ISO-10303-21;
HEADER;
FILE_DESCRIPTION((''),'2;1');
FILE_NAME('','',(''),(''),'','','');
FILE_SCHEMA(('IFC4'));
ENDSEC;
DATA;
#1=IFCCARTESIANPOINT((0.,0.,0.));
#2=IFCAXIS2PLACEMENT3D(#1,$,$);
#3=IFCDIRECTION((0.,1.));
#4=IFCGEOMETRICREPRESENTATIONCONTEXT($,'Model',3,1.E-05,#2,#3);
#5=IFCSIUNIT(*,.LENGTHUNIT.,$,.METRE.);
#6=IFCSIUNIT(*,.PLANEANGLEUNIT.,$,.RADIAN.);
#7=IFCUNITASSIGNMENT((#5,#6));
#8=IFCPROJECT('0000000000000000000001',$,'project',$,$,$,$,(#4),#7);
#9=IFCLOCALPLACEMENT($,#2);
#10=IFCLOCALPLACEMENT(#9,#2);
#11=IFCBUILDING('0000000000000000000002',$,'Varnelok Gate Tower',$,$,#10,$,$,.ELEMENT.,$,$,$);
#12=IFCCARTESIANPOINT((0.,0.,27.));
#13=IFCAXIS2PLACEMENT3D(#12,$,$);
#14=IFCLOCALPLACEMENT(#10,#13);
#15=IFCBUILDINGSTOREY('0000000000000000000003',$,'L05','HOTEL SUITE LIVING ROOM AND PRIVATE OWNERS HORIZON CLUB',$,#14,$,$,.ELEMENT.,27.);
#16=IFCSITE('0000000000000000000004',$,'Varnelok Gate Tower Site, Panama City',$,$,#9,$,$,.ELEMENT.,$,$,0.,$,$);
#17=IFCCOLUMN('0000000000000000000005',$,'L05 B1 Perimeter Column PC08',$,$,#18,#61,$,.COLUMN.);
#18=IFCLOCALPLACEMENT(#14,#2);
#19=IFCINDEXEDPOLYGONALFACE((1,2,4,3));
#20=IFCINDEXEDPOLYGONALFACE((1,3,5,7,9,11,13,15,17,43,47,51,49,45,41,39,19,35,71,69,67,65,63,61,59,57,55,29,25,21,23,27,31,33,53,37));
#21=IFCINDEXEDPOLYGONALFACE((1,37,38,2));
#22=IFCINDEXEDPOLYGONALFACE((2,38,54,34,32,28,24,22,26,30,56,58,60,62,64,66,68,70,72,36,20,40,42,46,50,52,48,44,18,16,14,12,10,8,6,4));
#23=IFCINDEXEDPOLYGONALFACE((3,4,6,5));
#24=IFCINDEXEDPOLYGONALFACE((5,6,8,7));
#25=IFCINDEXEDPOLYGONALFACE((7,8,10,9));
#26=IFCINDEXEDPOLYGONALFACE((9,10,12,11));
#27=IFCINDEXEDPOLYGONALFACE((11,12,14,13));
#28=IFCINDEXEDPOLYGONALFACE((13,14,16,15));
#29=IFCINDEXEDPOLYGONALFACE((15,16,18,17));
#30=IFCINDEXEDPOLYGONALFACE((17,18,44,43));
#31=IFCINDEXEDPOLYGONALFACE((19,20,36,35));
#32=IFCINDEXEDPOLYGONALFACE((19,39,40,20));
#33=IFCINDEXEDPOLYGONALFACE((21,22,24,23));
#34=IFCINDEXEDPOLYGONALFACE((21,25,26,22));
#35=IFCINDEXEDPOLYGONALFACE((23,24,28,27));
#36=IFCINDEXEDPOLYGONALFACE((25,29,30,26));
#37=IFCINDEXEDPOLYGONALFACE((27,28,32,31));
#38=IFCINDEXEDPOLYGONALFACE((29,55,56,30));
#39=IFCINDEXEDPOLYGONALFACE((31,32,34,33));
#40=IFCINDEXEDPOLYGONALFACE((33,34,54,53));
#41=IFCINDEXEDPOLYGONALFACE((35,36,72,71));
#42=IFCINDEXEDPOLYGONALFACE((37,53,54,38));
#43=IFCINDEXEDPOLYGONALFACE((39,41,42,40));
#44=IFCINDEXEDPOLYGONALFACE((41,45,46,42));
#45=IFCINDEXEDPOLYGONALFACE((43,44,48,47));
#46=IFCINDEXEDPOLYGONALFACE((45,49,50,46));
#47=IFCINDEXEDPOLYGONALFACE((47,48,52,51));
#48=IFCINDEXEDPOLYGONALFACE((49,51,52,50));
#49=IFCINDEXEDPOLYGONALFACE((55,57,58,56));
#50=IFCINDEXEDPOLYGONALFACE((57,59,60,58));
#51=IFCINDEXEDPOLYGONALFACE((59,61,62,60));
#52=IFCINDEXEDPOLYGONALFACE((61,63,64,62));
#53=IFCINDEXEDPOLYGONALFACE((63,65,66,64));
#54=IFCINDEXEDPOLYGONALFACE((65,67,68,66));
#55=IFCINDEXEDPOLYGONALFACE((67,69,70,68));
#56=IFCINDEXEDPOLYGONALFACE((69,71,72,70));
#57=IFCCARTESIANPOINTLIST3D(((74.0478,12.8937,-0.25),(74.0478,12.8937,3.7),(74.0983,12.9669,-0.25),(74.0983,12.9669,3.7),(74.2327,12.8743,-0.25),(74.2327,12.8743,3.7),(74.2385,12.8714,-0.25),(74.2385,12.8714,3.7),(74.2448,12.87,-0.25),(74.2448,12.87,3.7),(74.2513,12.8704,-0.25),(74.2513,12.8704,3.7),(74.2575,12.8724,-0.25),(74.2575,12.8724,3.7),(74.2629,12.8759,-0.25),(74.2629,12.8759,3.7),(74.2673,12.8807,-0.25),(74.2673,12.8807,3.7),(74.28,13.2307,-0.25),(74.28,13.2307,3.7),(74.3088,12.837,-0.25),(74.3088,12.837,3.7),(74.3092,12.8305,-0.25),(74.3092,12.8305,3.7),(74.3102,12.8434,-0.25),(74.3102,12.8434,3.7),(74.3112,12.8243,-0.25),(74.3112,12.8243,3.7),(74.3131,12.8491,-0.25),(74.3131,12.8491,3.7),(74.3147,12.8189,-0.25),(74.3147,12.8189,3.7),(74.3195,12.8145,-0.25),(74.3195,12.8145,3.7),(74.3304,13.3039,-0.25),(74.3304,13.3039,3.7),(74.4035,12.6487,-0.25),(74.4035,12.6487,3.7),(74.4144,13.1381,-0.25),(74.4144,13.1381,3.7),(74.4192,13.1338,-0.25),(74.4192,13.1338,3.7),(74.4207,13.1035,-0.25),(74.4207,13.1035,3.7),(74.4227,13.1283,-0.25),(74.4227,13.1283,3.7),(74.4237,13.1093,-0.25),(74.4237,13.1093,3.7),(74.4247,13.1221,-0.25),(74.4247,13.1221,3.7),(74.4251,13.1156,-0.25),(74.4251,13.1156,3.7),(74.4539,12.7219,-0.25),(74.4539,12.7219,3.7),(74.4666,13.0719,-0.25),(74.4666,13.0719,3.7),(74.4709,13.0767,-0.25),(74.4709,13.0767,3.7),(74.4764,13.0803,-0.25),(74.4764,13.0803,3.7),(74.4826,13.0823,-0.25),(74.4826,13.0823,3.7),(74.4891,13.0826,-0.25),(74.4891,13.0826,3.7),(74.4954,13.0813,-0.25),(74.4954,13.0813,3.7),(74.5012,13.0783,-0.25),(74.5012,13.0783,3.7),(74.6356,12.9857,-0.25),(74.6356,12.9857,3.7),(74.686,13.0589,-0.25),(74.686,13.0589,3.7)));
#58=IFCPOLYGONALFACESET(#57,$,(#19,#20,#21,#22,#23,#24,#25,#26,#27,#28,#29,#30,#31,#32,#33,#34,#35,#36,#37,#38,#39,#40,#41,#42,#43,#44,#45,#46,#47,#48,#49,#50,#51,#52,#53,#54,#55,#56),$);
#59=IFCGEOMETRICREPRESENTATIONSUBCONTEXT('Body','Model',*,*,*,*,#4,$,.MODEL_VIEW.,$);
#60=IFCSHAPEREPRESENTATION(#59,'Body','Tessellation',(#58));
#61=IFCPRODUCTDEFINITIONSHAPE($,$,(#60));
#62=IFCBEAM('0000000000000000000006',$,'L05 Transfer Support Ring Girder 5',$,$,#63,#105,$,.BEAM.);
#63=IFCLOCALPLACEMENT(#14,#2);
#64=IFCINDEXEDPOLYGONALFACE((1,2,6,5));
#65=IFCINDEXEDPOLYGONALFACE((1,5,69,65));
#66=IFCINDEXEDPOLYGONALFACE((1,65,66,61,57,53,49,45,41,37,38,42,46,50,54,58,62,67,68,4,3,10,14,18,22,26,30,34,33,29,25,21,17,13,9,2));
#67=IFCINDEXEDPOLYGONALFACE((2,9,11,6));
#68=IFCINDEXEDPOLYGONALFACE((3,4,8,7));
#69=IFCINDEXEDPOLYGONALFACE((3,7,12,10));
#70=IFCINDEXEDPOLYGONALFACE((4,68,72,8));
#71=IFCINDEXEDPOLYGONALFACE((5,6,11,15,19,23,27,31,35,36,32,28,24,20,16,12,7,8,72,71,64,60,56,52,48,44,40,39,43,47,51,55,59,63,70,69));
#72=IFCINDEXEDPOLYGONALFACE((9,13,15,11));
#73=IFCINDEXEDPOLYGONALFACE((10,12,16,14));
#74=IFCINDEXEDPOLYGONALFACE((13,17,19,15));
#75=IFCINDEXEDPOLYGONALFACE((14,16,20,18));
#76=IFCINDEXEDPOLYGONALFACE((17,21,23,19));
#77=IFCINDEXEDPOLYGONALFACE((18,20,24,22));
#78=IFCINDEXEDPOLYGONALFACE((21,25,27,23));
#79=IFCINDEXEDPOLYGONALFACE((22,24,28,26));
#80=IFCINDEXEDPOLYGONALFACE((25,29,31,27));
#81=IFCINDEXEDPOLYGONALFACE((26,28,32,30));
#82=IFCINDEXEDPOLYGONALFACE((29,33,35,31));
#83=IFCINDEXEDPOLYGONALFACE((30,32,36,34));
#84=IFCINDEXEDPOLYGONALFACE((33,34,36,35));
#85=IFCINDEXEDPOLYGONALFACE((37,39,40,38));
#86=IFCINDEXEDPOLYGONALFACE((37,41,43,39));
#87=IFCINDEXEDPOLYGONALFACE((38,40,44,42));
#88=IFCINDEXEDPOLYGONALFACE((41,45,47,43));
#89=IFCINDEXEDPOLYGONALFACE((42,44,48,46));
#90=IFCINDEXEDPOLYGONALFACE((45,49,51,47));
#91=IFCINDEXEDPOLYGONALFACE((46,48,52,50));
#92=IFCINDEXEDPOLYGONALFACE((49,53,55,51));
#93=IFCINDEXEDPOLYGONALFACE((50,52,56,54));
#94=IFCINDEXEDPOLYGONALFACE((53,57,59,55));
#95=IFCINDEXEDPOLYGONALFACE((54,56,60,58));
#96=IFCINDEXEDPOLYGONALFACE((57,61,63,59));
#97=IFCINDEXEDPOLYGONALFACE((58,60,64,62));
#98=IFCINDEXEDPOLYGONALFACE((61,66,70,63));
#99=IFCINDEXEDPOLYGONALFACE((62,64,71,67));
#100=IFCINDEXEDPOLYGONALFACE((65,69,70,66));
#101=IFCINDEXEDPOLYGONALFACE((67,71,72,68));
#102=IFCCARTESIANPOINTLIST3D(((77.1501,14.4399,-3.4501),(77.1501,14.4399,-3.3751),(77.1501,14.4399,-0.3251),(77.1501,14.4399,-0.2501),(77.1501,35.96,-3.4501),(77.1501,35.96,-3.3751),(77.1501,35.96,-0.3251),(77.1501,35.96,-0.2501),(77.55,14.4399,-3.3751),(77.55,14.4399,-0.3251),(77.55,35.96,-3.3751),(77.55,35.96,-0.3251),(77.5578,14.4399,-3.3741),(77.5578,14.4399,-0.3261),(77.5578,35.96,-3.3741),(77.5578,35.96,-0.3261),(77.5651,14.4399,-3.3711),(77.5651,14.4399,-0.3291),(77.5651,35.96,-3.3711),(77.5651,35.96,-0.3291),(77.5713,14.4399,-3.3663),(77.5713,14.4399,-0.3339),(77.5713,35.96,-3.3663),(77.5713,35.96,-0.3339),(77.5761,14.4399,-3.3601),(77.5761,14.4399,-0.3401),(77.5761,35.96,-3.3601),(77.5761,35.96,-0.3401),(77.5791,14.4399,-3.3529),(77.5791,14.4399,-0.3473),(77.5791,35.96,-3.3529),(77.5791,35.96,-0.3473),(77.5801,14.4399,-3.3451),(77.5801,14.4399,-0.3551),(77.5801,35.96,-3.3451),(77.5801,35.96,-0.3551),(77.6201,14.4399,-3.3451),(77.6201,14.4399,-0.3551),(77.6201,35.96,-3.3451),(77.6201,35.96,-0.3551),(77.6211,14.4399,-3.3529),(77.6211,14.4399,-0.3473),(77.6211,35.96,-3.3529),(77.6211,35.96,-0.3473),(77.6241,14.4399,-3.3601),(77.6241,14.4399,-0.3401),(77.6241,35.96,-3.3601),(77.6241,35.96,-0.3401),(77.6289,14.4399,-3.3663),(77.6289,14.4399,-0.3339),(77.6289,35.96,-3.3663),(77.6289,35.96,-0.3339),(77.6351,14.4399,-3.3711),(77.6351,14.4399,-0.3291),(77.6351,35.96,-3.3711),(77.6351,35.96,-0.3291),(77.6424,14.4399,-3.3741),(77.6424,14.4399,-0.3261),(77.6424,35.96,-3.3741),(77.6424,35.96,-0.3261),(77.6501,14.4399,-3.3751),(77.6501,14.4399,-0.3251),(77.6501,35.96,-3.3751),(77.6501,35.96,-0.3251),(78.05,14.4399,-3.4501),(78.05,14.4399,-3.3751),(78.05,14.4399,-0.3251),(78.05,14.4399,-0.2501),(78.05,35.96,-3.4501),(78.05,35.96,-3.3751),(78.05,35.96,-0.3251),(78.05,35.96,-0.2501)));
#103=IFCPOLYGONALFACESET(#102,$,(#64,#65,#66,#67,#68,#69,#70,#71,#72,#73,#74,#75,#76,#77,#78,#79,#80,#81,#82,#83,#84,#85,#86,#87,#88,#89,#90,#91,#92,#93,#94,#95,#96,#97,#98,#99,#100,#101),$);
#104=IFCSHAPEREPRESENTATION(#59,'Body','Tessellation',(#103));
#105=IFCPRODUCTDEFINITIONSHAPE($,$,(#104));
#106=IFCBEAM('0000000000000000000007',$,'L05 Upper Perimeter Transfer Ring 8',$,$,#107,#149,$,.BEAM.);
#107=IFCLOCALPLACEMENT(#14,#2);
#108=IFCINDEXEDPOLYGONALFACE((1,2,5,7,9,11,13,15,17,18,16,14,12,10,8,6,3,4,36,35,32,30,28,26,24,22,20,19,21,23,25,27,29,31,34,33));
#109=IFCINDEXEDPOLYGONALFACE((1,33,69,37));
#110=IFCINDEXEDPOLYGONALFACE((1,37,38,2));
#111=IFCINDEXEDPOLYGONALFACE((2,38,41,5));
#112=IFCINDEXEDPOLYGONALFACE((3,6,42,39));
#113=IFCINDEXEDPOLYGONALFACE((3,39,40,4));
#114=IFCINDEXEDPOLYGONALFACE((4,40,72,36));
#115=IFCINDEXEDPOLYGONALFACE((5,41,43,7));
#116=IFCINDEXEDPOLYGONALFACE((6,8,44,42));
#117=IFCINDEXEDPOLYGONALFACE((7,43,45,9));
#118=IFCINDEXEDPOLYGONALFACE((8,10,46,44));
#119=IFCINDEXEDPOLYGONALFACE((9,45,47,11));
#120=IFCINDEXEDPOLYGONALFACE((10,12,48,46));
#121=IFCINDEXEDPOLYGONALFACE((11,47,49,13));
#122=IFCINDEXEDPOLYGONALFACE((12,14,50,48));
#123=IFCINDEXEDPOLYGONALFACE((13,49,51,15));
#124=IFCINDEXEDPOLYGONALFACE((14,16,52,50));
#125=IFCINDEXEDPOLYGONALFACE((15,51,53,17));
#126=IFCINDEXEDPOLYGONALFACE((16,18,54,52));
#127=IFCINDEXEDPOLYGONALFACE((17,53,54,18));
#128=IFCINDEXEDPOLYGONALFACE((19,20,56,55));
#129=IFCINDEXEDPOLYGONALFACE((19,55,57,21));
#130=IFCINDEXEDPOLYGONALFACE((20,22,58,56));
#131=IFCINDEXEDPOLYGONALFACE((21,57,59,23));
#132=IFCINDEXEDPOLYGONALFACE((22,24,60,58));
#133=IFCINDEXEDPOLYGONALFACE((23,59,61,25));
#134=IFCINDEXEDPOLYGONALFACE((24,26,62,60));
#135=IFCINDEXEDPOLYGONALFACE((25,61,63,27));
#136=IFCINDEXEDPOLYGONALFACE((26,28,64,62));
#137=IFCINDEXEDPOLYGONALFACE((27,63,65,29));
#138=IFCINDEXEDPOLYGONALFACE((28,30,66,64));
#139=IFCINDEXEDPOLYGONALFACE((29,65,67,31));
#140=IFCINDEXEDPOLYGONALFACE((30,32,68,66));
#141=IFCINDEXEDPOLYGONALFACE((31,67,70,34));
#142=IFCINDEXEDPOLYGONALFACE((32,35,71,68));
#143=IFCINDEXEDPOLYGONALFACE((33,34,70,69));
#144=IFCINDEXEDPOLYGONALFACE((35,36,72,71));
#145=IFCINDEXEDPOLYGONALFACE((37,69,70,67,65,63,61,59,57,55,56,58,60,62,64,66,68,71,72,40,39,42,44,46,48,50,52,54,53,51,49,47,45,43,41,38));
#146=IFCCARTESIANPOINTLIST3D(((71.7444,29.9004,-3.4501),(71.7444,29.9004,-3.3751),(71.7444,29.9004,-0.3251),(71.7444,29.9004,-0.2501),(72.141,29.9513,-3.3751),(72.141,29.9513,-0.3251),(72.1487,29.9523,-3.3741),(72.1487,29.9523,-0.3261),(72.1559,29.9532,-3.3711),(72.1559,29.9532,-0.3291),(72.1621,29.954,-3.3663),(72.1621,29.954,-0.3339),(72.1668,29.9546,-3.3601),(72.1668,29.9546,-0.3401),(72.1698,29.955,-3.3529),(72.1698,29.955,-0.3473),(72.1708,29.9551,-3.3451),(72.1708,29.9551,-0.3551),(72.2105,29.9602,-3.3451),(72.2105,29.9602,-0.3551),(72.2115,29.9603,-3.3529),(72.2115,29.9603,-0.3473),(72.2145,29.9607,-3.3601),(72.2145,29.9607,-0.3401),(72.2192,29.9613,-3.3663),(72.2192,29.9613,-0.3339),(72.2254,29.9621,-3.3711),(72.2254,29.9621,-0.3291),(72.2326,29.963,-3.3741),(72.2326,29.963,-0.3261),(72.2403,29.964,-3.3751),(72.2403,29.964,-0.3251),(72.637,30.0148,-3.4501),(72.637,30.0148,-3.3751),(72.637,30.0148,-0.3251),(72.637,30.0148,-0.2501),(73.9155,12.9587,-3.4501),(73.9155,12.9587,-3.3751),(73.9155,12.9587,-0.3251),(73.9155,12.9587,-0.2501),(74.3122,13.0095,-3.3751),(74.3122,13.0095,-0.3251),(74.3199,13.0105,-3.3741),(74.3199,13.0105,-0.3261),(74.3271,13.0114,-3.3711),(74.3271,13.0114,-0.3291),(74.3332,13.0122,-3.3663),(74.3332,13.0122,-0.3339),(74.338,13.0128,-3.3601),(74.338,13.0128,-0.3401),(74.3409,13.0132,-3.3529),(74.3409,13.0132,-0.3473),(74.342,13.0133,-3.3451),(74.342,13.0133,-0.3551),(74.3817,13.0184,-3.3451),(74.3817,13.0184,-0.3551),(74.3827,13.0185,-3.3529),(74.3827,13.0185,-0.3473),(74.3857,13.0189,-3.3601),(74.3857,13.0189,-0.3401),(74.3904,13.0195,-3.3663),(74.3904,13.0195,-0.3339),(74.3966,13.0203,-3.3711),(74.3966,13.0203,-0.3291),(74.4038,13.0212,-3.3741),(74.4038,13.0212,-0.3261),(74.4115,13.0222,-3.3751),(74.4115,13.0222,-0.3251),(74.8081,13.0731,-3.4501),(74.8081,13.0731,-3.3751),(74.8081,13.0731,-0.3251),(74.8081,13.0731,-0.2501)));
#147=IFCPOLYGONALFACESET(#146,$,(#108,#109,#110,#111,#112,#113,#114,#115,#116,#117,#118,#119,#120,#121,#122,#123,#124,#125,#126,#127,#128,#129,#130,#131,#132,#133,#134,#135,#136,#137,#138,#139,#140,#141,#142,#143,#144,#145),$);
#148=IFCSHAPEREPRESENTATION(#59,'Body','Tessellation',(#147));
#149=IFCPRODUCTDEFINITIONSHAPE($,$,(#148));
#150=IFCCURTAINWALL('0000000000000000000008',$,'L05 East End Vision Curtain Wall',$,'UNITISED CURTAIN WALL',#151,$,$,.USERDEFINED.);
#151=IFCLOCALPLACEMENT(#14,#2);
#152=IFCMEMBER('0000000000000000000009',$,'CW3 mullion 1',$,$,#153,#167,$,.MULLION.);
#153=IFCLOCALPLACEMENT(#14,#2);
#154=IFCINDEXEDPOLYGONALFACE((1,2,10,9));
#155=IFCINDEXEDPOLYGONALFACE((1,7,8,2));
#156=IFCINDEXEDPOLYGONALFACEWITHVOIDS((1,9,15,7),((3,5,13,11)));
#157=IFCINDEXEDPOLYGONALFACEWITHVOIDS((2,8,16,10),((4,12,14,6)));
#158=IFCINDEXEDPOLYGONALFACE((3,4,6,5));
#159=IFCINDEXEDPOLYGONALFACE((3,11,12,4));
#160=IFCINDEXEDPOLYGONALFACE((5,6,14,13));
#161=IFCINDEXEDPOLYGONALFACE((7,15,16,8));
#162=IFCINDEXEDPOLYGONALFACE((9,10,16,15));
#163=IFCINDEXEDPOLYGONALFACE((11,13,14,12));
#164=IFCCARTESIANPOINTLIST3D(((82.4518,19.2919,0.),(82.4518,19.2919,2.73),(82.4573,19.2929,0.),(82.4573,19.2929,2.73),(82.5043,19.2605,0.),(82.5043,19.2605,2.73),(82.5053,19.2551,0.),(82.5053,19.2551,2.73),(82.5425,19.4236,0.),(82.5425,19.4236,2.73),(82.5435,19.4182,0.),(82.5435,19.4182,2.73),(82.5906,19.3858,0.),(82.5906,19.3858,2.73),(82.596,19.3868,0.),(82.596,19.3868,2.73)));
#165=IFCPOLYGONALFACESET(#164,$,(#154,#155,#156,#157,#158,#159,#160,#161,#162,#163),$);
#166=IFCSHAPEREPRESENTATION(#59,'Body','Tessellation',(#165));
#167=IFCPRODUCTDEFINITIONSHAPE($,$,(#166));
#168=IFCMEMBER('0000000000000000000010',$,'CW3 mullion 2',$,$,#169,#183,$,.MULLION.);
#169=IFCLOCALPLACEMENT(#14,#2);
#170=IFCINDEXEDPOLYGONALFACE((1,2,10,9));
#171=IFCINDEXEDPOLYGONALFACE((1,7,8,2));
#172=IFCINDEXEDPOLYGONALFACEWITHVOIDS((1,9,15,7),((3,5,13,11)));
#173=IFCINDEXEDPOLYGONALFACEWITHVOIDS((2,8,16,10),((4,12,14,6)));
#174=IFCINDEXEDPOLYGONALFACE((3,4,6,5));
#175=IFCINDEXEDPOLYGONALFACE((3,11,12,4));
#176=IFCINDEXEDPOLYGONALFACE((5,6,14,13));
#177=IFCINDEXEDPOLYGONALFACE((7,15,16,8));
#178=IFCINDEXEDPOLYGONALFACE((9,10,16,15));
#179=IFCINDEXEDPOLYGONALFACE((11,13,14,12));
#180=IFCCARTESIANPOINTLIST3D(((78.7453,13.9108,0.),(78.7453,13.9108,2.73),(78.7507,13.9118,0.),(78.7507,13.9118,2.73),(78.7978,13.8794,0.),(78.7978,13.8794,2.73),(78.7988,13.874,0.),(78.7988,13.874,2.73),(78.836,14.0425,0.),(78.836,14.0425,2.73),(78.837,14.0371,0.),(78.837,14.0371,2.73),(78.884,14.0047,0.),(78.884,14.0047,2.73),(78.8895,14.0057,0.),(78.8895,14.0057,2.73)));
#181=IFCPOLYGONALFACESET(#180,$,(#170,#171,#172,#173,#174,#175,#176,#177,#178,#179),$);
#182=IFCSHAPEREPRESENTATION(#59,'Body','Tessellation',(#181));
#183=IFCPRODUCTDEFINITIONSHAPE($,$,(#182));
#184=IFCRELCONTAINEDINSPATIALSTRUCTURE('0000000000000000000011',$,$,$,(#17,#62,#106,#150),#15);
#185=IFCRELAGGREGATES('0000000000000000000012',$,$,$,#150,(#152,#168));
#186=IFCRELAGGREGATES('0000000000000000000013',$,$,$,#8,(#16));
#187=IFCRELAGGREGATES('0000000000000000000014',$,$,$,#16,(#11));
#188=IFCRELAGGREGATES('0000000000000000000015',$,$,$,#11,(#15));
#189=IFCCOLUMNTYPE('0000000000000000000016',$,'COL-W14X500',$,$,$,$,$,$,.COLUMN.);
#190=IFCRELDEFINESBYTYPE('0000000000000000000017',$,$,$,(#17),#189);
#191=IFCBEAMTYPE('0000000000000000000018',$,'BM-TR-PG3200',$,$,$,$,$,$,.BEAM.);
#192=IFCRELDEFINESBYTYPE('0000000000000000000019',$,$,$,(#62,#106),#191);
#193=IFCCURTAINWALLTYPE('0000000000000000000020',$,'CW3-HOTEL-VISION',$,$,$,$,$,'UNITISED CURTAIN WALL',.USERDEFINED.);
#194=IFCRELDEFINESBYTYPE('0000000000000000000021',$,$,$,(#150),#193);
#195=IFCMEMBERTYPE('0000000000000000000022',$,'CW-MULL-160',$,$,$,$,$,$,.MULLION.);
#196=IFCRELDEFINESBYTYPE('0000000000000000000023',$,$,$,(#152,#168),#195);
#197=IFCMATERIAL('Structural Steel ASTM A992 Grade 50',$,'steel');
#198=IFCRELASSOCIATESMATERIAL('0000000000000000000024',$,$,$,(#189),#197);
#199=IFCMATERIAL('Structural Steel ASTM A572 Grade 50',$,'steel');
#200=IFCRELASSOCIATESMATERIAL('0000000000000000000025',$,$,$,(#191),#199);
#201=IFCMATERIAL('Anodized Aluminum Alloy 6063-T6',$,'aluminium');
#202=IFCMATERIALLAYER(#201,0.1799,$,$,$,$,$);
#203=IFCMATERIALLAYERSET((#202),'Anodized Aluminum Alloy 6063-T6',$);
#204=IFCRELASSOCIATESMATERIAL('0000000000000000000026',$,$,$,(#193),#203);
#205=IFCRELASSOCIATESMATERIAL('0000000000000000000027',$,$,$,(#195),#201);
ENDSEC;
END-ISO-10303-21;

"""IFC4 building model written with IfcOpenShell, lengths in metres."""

from ifc_helpers import new_model, si_unit, direction, frame, origin, origin_2d, place, context, subcontext, project, spatial, hollow_rectangle, i_section, extrude, material, layer, layer_set, material_profile, profile_set, type_object, element, aggregate, save


model = new_model("IFC4")

# Units and contexts
model_context = context("Model", 3, precision=1e-05, world=origin(), true_north=direction((0.0, 1.0)))
body_context = subcontext(model_context, "Body", "Model", "MODEL_VIEW")
ifc_project = project(units=[si_unit("LENGTHUNIT", "METRE"), si_unit("PLANEANGLEUNIT", "RADIAN")], contexts=[model_context])

# Site, building, storey
site_placement = place(None, origin())
site = spatial("IfcSite", under=ifc_project, at=site_placement, Name="Varnelok Gate Tower Site, Panama City", CompositionType="ELEMENT", RefElevation=0.0)
building_placement = place(site_placement, origin())
building = spatial("IfcBuilding", under=site, at=building_placement, Name="Varnelok Gate Tower", CompositionType="ELEMENT")
storey_placement = place(building_placement, frame((0.0, 0.0, 27.0)))
storey = spatial("IfcBuildingStorey", under=building, at=storey_placement, Name="L05", Description="HOTEL SUITE LIVING ROOM AND PRIVATE OWNERS HORIZON CLUB", CompositionType="ELEMENT", Elevation=27.0)

# Column
ifc_material_1 = material(Name="Structural Steel ASTM A992 Grade 50", Category="steel")
ifc_material_profile_1 = material_profile(ifc_material_1, i_section(OverallWidth=0.4319, OverallDepth=0.498, WebThickness=0.0557, FlangeThickness=0.0889, FilletRadius=0.0249, at=origin_2d()), Name="W14X500")
ifc_profile_set_1 = profile_set([ifc_material_profile_1], Name="Structural Steel ASTM A992 Grade 50")
column_type = type_object("IfcColumnType", Name="COL-W14X500", PredefinedType="COLUMN", material=ifc_profile_set_1)
column_placement = place(storey_placement, frame((74.3669, 12.9763, -0.25), z_axis=(0.0, 0.0, 1.0), x_axis=(0.823533, -0.567269, 0.0)))
element("IfcColumn", 1, at=column_placement, inside=storey, type_object=column_type, Name="L05 B1 Perimeter Column PC08", PredefinedType="COLUMN", context=body_context, shape_type="SweptSolid", body=[
    extrude(i_section(OverallWidth=0.4319, OverallDepth=0.498, WebThickness=0.0557, FlangeThickness=0.0889, FilletRadius=0.0249, at=origin_2d()), origin(), (0.0, 0.0, 1.0), 3.95),
])

# Beams
ifc_material_2 = material(Name="Structural Steel ASTM A572 Grade 50", Category="steel")
ifc_material_profile_2 = material_profile(ifc_material_2, i_section(OverallWidth=0.8999, OverallDepth=3.2, WebThickness=0.04, FlangeThickness=0.075, FilletRadius=0.03, at=origin_2d()), Name="PG3200X900")
ifc_profile_set_2 = profile_set([ifc_material_profile_2], Name="Structural Steel ASTM A572 Grade 50")
beam_type = type_object("IfcBeamType", Name="BM-TR-PG3200", PredefinedType="BEAM", material=ifc_profile_set_2)
beam_1_placement = place(storey_placement, frame((77.6001, 14.4399, -1.8501), z_axis=(0.0, 1.0, 0.0), x_axis=(-1.0, 0.0, 0.0)))
element("IfcBeam", 2, at=beam_1_placement, inside=storey, type_object=beam_type, Name="L05 Transfer Support Ring Girder 5", PredefinedType="BEAM", context=body_context, shape_type="SweptSolid", body=[
    extrude(i_section(OverallWidth=0.8999, OverallDepth=3.2, WebThickness=0.04, FlangeThickness=0.075, FilletRadius=0.03, at=origin_2d()), origin(), (0.0, 0.0, 1.0), 21.52),
])
beam_2_placement = place(storey_placement, frame((74.3618, 13.0159, -1.8501), z_axis=(-0.127115, 0.991888, 0.0), x_axis=(-0.991888, -0.127115, 0.0)))
element("IfcBeam", 3, at=beam_2_placement, inside=storey, type_object=beam_type, Name="L05 Upper Perimeter Transfer Ring 8", PredefinedType="BEAM", context=body_context, shape_type="SweptSolid", body=[
    extrude(i_section(OverallWidth=0.8999, OverallDepth=3.2, WebThickness=0.04, FlangeThickness=0.075, FilletRadius=0.03, at=origin_2d()), origin(), (0.0, 0.0, 1.0), 17.0803),
])

# Curtain wall, members
ifc_material_3 = material(Name="Anodized Aluminum Alloy 6063-T6", Category="aluminium")
ifc_layer_1 = layer(ifc_material_3, 0.1799)
ifc_layer_set_1 = layer_set([ifc_layer_1], Name="Anodized Aluminum Alloy 6063-T6")
curtain_wall_type = type_object("IfcCurtainWallType", Name="CW3-HOTEL-VISION", ElementType="UNITISED CURTAIN WALL", PredefinedType="USERDEFINED", material=ifc_layer_set_1)
curtain_wall_placement = place(storey_placement, origin())
curtain_wall = element("IfcCurtainWall", 4, at=curtain_wall_placement, inside=storey, type_object=curtain_wall_type, Name="L05 East End Vision Curtain Wall", ObjectType="UNITISED CURTAIN WALL", PredefinedType="USERDEFINED")
ifc_material_profile_3 = material_profile(ifc_material_3, hollow_rectangle(XDim=0.0649, YDim=0.1599, WallThickness=0.0039, at=origin_2d()), Name="ALU160X65X4")
ifc_profile_set_3 = profile_set([ifc_material_profile_3], Name="Anodized Aluminum Alloy 6063-T6")
member_type_1 = type_object("IfcMemberType", Name="CW-MULL-160", PredefinedType="MULLION", material=ifc_profile_set_3)
member_1_placement = place(storey_placement, frame((82.5239, 19.3394, 0.0), z_axis=(0.0, 0.0, 1.0), x_axis=(0.823533, -0.567269, 0.0)))
member_1 = element("IfcMember", 5, at=member_1_placement, type_object=member_type_1, Name="CW3 mullion 1", PredefinedType="MULLION", context=body_context, shape_type="SweptSolid", body=[
    extrude(hollow_rectangle(XDim=0.0649, YDim=0.1599, WallThickness=0.0039, at=origin_2d()), origin(), (0.0, 0.0, 1.0), 2.73),
])
member_2_placement = place(storey_placement, frame((78.8174, 13.9583, 0.0), z_axis=(0.0, 0.0, 1.0), x_axis=(0.823533, -0.567269, 0.0)))
member_2 = element("IfcMember", 6, at=member_2_placement, type_object=member_type_1, Name="CW3 mullion 2", PredefinedType="MULLION", context=body_context, shape_type="SweptSolid", body=[
    extrude(hollow_rectangle(XDim=0.0649, YDim=0.1599, WallThickness=0.0039, at=origin_2d()), origin(), (0.0, 0.0, 1.0), 2.73),
])
aggregate(curtain_wall, [member_1, member_2])

save(model, "model.ifc")
